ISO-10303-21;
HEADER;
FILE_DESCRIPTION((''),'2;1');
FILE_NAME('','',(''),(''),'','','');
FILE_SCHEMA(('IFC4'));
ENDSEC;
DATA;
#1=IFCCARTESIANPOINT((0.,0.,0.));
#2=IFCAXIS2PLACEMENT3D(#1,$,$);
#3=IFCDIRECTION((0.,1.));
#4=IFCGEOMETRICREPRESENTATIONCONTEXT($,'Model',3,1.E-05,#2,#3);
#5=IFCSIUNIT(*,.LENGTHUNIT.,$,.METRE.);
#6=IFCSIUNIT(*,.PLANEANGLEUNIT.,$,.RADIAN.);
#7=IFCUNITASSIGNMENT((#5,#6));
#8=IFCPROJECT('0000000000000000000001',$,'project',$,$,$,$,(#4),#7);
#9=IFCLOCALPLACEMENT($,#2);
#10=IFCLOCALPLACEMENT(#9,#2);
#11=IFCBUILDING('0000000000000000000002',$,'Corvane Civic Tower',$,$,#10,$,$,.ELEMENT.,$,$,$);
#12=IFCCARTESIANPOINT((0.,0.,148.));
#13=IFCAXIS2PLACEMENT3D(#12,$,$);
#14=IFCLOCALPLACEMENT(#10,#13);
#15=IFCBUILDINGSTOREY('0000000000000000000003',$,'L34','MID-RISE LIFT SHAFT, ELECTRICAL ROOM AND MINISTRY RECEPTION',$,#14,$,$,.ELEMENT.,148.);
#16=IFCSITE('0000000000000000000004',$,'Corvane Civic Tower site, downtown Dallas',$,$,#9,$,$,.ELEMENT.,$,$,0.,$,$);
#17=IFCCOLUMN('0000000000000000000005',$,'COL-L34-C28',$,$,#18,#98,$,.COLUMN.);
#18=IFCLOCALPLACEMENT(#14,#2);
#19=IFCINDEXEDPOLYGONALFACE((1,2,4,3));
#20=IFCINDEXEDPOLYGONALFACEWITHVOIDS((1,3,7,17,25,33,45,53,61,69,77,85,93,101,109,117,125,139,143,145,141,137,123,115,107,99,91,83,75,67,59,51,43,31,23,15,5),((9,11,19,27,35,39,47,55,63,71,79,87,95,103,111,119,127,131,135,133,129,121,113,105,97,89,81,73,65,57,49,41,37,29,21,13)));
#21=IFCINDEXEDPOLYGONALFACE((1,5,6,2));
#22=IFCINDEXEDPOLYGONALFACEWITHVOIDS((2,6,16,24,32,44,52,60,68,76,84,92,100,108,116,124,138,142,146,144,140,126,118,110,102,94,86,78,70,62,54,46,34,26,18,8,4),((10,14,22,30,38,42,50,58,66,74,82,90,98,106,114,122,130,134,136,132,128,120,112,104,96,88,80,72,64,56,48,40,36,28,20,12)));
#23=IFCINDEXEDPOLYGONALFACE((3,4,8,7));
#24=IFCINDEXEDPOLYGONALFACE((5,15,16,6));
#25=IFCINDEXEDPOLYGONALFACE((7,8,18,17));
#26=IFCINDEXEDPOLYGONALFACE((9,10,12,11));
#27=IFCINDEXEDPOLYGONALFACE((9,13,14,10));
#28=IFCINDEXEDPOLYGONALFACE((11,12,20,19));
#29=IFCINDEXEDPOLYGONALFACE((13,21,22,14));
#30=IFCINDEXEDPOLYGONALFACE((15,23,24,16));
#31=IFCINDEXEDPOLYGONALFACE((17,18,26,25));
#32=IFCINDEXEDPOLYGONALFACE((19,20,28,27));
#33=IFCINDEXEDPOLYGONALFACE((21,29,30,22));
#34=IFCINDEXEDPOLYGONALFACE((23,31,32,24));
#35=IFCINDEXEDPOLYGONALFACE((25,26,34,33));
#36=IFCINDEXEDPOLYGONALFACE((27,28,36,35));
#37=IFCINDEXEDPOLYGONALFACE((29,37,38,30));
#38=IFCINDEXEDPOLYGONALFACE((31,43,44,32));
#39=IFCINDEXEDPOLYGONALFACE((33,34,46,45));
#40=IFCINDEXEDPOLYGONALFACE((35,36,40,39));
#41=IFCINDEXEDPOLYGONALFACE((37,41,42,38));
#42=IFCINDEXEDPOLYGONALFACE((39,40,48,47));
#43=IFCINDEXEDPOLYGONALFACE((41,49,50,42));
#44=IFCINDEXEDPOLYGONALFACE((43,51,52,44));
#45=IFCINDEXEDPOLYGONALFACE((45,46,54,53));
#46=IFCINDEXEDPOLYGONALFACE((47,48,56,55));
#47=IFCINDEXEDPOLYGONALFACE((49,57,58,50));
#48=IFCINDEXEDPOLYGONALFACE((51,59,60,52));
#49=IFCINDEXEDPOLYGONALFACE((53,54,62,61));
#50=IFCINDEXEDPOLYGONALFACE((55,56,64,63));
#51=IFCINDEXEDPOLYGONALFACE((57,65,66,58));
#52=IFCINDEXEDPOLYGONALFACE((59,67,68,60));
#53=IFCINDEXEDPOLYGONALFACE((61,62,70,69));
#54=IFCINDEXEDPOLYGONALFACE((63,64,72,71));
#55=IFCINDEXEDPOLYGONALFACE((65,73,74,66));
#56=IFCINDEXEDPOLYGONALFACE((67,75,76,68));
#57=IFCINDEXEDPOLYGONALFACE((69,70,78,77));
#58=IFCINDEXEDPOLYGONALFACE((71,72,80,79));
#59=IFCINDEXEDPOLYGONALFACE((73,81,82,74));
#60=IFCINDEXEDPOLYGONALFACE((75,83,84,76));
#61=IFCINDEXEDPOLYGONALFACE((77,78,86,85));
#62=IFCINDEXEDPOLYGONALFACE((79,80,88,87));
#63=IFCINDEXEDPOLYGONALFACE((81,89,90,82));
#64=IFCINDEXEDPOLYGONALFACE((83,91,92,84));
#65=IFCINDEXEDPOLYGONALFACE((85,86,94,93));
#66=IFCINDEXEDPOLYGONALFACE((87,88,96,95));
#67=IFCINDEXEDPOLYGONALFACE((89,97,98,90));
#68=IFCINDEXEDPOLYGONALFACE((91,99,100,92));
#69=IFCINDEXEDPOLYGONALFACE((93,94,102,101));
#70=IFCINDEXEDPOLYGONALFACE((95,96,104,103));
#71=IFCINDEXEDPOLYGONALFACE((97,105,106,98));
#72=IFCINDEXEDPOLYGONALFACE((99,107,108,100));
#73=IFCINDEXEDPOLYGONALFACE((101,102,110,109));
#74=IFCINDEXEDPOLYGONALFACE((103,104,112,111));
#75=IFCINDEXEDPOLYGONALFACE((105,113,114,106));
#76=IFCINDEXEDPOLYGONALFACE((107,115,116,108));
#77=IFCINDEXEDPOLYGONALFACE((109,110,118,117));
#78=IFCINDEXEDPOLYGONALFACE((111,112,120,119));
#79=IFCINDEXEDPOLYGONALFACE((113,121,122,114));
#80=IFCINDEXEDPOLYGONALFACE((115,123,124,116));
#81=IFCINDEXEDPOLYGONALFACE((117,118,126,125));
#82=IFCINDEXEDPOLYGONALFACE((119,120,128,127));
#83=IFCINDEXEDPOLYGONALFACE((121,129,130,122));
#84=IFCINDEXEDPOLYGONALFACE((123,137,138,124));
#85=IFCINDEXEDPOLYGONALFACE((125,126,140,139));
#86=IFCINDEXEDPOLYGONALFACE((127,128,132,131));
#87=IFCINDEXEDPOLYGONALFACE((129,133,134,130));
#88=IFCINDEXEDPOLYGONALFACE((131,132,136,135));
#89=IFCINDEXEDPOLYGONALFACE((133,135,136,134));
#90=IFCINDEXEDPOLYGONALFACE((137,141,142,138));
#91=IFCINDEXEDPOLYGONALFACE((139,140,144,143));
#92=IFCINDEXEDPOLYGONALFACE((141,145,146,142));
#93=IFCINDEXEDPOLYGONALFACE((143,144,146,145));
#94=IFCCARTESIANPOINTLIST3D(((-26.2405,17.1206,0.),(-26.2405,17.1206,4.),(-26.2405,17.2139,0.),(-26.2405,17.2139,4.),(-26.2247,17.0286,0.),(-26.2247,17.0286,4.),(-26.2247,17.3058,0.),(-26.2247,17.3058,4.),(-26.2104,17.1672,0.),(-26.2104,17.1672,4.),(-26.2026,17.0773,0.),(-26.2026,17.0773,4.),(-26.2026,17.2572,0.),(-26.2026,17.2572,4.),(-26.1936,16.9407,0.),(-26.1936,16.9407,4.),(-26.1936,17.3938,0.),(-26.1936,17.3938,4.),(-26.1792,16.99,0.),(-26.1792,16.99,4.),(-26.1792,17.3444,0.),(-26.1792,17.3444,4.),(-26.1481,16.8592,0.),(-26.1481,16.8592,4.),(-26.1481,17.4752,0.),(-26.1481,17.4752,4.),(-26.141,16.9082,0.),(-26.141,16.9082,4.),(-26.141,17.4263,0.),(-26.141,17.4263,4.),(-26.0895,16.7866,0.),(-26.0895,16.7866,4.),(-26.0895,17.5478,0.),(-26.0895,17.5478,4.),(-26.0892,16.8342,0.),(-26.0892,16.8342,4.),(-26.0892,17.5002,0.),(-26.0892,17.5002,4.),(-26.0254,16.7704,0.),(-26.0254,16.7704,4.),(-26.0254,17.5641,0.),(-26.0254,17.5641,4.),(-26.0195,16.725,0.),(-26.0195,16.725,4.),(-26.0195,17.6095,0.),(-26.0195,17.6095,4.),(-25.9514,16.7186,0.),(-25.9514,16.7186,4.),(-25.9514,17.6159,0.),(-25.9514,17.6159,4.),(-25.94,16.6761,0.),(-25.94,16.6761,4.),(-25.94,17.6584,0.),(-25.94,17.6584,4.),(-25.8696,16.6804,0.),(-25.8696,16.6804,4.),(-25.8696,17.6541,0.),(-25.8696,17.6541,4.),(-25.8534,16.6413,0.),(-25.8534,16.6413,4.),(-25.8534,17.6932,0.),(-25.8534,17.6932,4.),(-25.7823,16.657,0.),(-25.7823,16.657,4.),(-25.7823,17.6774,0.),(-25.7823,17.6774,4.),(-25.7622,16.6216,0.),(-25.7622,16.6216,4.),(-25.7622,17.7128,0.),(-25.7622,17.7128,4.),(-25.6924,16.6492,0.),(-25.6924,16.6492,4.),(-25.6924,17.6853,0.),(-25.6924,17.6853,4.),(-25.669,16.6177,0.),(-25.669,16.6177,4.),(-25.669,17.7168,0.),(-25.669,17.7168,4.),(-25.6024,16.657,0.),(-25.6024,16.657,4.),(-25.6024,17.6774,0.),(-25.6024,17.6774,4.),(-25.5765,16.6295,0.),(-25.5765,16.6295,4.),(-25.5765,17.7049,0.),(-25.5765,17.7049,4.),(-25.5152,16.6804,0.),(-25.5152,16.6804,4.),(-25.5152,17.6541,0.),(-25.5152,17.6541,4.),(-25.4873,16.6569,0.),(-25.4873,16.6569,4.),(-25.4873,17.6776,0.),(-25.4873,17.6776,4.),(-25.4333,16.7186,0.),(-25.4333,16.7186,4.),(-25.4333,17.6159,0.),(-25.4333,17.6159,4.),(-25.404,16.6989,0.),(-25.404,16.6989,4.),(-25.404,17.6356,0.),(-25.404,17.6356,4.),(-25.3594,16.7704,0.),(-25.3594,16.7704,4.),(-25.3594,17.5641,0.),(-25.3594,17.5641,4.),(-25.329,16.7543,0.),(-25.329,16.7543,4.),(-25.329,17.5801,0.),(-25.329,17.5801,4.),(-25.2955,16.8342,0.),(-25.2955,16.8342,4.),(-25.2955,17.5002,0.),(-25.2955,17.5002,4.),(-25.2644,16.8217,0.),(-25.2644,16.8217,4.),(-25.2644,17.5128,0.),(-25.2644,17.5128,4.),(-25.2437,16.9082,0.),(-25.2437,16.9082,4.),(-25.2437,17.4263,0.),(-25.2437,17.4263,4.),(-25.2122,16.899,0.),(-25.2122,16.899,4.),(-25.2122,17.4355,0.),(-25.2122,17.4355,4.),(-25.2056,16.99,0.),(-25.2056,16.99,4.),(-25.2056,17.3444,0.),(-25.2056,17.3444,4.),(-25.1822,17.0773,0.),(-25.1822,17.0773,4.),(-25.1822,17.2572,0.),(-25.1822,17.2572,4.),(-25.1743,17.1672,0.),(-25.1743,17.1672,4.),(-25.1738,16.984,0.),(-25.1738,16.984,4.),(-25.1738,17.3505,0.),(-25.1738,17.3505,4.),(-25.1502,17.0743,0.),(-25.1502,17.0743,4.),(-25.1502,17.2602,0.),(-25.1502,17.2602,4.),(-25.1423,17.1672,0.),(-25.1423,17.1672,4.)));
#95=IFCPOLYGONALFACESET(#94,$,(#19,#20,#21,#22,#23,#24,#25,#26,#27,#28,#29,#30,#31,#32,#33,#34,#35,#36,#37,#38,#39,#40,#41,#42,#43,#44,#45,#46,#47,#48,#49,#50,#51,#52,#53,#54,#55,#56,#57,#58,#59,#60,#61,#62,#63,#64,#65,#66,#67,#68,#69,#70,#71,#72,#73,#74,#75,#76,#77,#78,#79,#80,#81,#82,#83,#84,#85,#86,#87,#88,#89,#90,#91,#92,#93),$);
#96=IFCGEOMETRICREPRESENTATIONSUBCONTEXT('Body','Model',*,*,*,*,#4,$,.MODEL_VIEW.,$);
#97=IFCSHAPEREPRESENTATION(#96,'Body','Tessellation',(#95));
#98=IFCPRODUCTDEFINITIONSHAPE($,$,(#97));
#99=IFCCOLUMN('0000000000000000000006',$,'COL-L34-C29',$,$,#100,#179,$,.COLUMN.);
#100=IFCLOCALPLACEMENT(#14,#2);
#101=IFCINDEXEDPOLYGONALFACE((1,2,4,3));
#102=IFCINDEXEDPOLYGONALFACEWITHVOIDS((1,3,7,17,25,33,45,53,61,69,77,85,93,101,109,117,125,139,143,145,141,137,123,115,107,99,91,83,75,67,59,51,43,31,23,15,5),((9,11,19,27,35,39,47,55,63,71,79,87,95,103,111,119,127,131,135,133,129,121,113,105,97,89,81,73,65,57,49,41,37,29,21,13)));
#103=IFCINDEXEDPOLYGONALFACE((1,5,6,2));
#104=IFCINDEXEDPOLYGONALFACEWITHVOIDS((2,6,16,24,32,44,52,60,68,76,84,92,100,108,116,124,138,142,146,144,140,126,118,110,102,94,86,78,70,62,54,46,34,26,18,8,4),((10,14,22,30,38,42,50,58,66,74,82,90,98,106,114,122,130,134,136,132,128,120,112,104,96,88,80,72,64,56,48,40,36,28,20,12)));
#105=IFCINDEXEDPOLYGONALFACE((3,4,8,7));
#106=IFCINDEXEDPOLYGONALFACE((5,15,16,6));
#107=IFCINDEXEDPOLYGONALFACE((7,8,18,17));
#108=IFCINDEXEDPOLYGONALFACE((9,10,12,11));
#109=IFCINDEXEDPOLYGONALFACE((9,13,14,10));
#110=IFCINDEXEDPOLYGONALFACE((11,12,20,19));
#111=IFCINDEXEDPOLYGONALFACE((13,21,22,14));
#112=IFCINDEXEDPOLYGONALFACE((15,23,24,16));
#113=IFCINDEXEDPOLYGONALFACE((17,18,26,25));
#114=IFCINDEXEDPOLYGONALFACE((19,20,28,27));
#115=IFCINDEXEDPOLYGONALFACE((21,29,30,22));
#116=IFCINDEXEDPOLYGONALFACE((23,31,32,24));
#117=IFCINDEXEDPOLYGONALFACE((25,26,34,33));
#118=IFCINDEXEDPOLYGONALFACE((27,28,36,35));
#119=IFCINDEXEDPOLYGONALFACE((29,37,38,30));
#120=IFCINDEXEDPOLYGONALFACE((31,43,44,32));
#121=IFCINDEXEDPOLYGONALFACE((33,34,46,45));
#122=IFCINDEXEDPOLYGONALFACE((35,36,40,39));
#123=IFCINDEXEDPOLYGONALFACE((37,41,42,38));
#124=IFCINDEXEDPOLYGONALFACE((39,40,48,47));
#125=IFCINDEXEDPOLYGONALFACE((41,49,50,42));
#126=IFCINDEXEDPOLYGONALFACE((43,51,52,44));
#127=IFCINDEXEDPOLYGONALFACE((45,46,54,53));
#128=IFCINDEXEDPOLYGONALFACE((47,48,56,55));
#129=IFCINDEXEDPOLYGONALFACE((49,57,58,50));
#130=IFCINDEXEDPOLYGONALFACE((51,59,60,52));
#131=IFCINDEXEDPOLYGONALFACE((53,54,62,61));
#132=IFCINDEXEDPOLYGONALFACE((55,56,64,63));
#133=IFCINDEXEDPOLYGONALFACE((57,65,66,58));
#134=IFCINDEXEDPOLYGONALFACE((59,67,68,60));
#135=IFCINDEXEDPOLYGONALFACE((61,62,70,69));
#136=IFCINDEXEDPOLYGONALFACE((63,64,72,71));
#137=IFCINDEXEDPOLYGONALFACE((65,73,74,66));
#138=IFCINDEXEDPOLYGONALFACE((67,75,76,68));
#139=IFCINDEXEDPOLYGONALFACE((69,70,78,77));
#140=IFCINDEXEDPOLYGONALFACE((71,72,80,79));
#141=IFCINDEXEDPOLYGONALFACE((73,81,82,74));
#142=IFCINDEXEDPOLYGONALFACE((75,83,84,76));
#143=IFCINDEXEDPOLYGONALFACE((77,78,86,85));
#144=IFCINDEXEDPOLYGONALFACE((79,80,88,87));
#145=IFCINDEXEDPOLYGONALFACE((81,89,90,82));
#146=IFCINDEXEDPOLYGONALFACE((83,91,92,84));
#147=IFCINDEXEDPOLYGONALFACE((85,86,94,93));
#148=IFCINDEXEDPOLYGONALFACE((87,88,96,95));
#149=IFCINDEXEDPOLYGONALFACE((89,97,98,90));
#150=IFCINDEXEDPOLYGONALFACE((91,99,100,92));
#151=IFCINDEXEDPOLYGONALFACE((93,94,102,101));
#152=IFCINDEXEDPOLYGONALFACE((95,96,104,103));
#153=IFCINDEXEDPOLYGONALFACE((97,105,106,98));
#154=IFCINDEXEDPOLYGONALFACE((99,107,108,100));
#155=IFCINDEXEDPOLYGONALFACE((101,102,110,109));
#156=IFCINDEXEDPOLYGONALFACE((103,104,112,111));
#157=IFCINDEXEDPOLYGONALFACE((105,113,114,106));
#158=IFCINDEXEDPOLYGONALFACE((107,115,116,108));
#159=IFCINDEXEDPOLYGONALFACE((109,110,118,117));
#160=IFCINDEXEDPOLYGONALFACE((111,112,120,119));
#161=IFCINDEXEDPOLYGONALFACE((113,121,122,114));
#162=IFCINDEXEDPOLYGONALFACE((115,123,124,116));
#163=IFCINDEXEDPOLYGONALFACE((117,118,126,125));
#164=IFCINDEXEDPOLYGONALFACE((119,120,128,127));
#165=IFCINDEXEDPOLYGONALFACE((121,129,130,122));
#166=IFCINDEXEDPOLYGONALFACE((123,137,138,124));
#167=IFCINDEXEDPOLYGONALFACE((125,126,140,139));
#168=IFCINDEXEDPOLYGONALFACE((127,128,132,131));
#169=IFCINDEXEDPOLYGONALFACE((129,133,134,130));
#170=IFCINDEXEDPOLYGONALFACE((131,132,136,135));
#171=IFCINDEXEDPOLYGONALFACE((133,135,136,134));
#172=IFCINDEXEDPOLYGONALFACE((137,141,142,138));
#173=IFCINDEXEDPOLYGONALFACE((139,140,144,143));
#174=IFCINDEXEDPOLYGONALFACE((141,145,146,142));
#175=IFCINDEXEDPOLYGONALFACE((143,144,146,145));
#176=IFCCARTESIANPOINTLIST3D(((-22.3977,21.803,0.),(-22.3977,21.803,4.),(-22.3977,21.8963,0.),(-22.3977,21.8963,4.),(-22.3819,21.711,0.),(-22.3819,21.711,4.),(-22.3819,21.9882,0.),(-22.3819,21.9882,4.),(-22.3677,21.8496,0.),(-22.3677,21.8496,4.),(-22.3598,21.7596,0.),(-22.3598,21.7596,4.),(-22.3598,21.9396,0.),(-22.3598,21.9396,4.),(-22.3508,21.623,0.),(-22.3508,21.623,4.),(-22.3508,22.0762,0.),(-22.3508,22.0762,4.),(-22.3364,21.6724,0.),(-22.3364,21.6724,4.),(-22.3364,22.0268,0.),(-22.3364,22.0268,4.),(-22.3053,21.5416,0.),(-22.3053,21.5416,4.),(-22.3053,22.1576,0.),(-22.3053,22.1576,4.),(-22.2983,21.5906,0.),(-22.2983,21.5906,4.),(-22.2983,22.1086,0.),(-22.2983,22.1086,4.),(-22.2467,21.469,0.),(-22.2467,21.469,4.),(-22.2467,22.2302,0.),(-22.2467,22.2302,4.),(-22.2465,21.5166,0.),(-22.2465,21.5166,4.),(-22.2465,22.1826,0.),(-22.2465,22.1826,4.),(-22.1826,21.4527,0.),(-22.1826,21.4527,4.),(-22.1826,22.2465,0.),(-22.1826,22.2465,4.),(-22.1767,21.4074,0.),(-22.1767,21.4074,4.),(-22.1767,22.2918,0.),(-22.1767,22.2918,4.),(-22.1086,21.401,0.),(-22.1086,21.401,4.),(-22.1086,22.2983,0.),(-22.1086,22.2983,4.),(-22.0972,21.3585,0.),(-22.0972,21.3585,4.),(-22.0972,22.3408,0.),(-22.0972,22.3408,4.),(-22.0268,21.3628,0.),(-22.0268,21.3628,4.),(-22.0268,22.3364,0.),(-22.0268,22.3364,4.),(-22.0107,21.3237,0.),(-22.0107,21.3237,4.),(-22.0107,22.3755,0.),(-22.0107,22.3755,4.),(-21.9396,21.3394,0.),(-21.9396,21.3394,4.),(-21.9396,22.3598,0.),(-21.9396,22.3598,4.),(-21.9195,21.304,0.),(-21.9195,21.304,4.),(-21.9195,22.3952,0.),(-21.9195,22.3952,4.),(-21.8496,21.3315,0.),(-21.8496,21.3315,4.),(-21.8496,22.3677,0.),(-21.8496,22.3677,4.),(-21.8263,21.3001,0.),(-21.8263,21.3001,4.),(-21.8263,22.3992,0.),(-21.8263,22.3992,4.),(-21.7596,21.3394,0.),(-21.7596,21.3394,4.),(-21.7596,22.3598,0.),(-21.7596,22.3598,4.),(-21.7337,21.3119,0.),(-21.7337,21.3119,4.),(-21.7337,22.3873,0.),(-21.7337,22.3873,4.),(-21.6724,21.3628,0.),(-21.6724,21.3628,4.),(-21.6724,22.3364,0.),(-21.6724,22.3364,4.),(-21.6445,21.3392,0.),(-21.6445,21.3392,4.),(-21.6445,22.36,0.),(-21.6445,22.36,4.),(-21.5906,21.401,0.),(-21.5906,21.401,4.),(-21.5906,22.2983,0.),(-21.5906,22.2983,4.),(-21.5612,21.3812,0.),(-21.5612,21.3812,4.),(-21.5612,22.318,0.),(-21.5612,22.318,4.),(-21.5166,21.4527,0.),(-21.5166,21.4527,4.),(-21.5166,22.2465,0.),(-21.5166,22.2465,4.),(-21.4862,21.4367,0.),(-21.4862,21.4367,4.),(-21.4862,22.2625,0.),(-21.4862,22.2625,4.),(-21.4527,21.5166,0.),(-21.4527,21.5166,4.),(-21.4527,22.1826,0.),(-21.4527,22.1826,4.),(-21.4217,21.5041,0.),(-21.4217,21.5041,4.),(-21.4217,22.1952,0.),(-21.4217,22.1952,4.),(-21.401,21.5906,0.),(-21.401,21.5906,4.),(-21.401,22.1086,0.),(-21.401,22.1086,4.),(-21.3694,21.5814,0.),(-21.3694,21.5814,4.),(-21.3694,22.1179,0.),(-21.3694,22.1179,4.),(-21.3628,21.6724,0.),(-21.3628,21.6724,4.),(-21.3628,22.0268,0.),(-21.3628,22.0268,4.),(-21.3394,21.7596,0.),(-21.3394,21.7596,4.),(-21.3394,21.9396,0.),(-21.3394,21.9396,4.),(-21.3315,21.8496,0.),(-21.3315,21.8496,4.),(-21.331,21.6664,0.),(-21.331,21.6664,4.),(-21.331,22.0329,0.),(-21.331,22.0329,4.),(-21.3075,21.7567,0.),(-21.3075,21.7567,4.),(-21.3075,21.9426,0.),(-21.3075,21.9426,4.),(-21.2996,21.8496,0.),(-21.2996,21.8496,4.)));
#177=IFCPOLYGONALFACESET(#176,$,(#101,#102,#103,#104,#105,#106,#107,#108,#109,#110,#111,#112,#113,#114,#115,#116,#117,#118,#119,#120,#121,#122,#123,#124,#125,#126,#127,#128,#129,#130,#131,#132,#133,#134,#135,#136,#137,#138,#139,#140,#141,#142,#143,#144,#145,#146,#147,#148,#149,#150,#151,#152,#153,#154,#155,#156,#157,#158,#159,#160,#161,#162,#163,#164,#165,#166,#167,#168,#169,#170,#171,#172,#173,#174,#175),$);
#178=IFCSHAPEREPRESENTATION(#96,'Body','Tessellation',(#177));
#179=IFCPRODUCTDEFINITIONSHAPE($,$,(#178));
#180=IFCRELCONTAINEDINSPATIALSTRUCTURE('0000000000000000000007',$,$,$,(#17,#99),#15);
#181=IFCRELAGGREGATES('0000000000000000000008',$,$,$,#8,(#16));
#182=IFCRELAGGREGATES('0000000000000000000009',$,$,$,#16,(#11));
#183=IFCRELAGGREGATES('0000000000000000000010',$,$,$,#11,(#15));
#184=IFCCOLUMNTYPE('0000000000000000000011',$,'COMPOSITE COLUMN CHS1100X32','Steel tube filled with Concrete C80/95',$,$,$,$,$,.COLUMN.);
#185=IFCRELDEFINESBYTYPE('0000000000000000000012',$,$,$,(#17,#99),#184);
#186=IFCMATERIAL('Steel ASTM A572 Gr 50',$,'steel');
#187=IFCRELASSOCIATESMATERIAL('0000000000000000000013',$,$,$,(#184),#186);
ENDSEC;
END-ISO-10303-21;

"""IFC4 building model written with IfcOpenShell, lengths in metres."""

from ifc_helpers import new_model, si_unit, direction, frame, origin, origin_2d, place, context, subcontext, project, spatial, hollow_circle, extrude, material, material_profile, profile_set, type_object, element, save


model = new_model("IFC4")

# Units and contexts
model_context = context("Model", 3, precision=1e-05, world=origin(), true_north=direction((0.0, 1.0)))
body_context = subcontext(model_context, "Body", "Model", "MODEL_VIEW")
ifc_project = project(units=[si_unit("LENGTHUNIT", "METRE"), si_unit("PLANEANGLEUNIT", "RADIAN")], contexts=[model_context])

# Site, building, storey
site_placement = place(None, origin())
site = spatial("IfcSite", under=ifc_project, at=site_placement, Name="Corvane Civic Tower site, downtown Dallas", CompositionType="ELEMENT", RefElevation=0.0)
building_placement = place(site_placement, origin())
building = spatial("IfcBuilding", under=site, at=building_placement, Name="Corvane Civic Tower", CompositionType="ELEMENT")
storey_placement = place(building_placement, frame((0.0, 0.0, 148.0)))
storey = spatial("IfcBuildingStorey", under=building, at=storey_placement, Name="L34", Description="MID-RISE LIFT SHAFT, ELECTRICAL ROOM AND MINISTRY RECEPTION", CompositionType="ELEMENT", Elevation=148.0)

# Columns
ifc_material_1 = material(Name="Steel ASTM A572 Gr 50", Category="steel")
ifc_material_profile_1 = material_profile(ifc_material_1, hollow_circle(Radius=0.55, WallThickness=0.032, at=origin_2d()), Name="CHS1100X32")
ifc_profile_set_1 = profile_set([ifc_material_profile_1], Name="Steel ASTM A572 Gr 50")
column_type = type_object("IfcColumnType", Name="COMPOSITE COLUMN CHS1100X32", Description="Steel tube filled with Concrete C80/95", PredefinedType="COLUMN", material=ifc_profile_set_1)
for number, where, z_axis, x_axis, name in (
    (1, (-25.6924, 17.1672, 0.0), (0.0, 0.0, 1.0), (1.0, 0.0, 0.0), "COL-L34-C28"),
    (2, (-21.8496, 21.8496, 0.0), (0.0, 0.0, 1.0), (1.0, 0.0, 0.0), "COL-L34-C29"),
):
    element("IfcColumn", number, at=place(storey_placement, frame(where, z_axis=z_axis, x_axis=x_axis)), inside=storey, type_object=column_type, Name=name, PredefinedType="COLUMN", context=body_context, shape_type="SweptSolid", body=[
        extrude(hollow_circle(Radius=0.55, WallThickness=0.032, at=origin_2d()), origin(), (0.0, 0.0, 1.0), 4.0),
    ])

save(model, "model.ifc")
